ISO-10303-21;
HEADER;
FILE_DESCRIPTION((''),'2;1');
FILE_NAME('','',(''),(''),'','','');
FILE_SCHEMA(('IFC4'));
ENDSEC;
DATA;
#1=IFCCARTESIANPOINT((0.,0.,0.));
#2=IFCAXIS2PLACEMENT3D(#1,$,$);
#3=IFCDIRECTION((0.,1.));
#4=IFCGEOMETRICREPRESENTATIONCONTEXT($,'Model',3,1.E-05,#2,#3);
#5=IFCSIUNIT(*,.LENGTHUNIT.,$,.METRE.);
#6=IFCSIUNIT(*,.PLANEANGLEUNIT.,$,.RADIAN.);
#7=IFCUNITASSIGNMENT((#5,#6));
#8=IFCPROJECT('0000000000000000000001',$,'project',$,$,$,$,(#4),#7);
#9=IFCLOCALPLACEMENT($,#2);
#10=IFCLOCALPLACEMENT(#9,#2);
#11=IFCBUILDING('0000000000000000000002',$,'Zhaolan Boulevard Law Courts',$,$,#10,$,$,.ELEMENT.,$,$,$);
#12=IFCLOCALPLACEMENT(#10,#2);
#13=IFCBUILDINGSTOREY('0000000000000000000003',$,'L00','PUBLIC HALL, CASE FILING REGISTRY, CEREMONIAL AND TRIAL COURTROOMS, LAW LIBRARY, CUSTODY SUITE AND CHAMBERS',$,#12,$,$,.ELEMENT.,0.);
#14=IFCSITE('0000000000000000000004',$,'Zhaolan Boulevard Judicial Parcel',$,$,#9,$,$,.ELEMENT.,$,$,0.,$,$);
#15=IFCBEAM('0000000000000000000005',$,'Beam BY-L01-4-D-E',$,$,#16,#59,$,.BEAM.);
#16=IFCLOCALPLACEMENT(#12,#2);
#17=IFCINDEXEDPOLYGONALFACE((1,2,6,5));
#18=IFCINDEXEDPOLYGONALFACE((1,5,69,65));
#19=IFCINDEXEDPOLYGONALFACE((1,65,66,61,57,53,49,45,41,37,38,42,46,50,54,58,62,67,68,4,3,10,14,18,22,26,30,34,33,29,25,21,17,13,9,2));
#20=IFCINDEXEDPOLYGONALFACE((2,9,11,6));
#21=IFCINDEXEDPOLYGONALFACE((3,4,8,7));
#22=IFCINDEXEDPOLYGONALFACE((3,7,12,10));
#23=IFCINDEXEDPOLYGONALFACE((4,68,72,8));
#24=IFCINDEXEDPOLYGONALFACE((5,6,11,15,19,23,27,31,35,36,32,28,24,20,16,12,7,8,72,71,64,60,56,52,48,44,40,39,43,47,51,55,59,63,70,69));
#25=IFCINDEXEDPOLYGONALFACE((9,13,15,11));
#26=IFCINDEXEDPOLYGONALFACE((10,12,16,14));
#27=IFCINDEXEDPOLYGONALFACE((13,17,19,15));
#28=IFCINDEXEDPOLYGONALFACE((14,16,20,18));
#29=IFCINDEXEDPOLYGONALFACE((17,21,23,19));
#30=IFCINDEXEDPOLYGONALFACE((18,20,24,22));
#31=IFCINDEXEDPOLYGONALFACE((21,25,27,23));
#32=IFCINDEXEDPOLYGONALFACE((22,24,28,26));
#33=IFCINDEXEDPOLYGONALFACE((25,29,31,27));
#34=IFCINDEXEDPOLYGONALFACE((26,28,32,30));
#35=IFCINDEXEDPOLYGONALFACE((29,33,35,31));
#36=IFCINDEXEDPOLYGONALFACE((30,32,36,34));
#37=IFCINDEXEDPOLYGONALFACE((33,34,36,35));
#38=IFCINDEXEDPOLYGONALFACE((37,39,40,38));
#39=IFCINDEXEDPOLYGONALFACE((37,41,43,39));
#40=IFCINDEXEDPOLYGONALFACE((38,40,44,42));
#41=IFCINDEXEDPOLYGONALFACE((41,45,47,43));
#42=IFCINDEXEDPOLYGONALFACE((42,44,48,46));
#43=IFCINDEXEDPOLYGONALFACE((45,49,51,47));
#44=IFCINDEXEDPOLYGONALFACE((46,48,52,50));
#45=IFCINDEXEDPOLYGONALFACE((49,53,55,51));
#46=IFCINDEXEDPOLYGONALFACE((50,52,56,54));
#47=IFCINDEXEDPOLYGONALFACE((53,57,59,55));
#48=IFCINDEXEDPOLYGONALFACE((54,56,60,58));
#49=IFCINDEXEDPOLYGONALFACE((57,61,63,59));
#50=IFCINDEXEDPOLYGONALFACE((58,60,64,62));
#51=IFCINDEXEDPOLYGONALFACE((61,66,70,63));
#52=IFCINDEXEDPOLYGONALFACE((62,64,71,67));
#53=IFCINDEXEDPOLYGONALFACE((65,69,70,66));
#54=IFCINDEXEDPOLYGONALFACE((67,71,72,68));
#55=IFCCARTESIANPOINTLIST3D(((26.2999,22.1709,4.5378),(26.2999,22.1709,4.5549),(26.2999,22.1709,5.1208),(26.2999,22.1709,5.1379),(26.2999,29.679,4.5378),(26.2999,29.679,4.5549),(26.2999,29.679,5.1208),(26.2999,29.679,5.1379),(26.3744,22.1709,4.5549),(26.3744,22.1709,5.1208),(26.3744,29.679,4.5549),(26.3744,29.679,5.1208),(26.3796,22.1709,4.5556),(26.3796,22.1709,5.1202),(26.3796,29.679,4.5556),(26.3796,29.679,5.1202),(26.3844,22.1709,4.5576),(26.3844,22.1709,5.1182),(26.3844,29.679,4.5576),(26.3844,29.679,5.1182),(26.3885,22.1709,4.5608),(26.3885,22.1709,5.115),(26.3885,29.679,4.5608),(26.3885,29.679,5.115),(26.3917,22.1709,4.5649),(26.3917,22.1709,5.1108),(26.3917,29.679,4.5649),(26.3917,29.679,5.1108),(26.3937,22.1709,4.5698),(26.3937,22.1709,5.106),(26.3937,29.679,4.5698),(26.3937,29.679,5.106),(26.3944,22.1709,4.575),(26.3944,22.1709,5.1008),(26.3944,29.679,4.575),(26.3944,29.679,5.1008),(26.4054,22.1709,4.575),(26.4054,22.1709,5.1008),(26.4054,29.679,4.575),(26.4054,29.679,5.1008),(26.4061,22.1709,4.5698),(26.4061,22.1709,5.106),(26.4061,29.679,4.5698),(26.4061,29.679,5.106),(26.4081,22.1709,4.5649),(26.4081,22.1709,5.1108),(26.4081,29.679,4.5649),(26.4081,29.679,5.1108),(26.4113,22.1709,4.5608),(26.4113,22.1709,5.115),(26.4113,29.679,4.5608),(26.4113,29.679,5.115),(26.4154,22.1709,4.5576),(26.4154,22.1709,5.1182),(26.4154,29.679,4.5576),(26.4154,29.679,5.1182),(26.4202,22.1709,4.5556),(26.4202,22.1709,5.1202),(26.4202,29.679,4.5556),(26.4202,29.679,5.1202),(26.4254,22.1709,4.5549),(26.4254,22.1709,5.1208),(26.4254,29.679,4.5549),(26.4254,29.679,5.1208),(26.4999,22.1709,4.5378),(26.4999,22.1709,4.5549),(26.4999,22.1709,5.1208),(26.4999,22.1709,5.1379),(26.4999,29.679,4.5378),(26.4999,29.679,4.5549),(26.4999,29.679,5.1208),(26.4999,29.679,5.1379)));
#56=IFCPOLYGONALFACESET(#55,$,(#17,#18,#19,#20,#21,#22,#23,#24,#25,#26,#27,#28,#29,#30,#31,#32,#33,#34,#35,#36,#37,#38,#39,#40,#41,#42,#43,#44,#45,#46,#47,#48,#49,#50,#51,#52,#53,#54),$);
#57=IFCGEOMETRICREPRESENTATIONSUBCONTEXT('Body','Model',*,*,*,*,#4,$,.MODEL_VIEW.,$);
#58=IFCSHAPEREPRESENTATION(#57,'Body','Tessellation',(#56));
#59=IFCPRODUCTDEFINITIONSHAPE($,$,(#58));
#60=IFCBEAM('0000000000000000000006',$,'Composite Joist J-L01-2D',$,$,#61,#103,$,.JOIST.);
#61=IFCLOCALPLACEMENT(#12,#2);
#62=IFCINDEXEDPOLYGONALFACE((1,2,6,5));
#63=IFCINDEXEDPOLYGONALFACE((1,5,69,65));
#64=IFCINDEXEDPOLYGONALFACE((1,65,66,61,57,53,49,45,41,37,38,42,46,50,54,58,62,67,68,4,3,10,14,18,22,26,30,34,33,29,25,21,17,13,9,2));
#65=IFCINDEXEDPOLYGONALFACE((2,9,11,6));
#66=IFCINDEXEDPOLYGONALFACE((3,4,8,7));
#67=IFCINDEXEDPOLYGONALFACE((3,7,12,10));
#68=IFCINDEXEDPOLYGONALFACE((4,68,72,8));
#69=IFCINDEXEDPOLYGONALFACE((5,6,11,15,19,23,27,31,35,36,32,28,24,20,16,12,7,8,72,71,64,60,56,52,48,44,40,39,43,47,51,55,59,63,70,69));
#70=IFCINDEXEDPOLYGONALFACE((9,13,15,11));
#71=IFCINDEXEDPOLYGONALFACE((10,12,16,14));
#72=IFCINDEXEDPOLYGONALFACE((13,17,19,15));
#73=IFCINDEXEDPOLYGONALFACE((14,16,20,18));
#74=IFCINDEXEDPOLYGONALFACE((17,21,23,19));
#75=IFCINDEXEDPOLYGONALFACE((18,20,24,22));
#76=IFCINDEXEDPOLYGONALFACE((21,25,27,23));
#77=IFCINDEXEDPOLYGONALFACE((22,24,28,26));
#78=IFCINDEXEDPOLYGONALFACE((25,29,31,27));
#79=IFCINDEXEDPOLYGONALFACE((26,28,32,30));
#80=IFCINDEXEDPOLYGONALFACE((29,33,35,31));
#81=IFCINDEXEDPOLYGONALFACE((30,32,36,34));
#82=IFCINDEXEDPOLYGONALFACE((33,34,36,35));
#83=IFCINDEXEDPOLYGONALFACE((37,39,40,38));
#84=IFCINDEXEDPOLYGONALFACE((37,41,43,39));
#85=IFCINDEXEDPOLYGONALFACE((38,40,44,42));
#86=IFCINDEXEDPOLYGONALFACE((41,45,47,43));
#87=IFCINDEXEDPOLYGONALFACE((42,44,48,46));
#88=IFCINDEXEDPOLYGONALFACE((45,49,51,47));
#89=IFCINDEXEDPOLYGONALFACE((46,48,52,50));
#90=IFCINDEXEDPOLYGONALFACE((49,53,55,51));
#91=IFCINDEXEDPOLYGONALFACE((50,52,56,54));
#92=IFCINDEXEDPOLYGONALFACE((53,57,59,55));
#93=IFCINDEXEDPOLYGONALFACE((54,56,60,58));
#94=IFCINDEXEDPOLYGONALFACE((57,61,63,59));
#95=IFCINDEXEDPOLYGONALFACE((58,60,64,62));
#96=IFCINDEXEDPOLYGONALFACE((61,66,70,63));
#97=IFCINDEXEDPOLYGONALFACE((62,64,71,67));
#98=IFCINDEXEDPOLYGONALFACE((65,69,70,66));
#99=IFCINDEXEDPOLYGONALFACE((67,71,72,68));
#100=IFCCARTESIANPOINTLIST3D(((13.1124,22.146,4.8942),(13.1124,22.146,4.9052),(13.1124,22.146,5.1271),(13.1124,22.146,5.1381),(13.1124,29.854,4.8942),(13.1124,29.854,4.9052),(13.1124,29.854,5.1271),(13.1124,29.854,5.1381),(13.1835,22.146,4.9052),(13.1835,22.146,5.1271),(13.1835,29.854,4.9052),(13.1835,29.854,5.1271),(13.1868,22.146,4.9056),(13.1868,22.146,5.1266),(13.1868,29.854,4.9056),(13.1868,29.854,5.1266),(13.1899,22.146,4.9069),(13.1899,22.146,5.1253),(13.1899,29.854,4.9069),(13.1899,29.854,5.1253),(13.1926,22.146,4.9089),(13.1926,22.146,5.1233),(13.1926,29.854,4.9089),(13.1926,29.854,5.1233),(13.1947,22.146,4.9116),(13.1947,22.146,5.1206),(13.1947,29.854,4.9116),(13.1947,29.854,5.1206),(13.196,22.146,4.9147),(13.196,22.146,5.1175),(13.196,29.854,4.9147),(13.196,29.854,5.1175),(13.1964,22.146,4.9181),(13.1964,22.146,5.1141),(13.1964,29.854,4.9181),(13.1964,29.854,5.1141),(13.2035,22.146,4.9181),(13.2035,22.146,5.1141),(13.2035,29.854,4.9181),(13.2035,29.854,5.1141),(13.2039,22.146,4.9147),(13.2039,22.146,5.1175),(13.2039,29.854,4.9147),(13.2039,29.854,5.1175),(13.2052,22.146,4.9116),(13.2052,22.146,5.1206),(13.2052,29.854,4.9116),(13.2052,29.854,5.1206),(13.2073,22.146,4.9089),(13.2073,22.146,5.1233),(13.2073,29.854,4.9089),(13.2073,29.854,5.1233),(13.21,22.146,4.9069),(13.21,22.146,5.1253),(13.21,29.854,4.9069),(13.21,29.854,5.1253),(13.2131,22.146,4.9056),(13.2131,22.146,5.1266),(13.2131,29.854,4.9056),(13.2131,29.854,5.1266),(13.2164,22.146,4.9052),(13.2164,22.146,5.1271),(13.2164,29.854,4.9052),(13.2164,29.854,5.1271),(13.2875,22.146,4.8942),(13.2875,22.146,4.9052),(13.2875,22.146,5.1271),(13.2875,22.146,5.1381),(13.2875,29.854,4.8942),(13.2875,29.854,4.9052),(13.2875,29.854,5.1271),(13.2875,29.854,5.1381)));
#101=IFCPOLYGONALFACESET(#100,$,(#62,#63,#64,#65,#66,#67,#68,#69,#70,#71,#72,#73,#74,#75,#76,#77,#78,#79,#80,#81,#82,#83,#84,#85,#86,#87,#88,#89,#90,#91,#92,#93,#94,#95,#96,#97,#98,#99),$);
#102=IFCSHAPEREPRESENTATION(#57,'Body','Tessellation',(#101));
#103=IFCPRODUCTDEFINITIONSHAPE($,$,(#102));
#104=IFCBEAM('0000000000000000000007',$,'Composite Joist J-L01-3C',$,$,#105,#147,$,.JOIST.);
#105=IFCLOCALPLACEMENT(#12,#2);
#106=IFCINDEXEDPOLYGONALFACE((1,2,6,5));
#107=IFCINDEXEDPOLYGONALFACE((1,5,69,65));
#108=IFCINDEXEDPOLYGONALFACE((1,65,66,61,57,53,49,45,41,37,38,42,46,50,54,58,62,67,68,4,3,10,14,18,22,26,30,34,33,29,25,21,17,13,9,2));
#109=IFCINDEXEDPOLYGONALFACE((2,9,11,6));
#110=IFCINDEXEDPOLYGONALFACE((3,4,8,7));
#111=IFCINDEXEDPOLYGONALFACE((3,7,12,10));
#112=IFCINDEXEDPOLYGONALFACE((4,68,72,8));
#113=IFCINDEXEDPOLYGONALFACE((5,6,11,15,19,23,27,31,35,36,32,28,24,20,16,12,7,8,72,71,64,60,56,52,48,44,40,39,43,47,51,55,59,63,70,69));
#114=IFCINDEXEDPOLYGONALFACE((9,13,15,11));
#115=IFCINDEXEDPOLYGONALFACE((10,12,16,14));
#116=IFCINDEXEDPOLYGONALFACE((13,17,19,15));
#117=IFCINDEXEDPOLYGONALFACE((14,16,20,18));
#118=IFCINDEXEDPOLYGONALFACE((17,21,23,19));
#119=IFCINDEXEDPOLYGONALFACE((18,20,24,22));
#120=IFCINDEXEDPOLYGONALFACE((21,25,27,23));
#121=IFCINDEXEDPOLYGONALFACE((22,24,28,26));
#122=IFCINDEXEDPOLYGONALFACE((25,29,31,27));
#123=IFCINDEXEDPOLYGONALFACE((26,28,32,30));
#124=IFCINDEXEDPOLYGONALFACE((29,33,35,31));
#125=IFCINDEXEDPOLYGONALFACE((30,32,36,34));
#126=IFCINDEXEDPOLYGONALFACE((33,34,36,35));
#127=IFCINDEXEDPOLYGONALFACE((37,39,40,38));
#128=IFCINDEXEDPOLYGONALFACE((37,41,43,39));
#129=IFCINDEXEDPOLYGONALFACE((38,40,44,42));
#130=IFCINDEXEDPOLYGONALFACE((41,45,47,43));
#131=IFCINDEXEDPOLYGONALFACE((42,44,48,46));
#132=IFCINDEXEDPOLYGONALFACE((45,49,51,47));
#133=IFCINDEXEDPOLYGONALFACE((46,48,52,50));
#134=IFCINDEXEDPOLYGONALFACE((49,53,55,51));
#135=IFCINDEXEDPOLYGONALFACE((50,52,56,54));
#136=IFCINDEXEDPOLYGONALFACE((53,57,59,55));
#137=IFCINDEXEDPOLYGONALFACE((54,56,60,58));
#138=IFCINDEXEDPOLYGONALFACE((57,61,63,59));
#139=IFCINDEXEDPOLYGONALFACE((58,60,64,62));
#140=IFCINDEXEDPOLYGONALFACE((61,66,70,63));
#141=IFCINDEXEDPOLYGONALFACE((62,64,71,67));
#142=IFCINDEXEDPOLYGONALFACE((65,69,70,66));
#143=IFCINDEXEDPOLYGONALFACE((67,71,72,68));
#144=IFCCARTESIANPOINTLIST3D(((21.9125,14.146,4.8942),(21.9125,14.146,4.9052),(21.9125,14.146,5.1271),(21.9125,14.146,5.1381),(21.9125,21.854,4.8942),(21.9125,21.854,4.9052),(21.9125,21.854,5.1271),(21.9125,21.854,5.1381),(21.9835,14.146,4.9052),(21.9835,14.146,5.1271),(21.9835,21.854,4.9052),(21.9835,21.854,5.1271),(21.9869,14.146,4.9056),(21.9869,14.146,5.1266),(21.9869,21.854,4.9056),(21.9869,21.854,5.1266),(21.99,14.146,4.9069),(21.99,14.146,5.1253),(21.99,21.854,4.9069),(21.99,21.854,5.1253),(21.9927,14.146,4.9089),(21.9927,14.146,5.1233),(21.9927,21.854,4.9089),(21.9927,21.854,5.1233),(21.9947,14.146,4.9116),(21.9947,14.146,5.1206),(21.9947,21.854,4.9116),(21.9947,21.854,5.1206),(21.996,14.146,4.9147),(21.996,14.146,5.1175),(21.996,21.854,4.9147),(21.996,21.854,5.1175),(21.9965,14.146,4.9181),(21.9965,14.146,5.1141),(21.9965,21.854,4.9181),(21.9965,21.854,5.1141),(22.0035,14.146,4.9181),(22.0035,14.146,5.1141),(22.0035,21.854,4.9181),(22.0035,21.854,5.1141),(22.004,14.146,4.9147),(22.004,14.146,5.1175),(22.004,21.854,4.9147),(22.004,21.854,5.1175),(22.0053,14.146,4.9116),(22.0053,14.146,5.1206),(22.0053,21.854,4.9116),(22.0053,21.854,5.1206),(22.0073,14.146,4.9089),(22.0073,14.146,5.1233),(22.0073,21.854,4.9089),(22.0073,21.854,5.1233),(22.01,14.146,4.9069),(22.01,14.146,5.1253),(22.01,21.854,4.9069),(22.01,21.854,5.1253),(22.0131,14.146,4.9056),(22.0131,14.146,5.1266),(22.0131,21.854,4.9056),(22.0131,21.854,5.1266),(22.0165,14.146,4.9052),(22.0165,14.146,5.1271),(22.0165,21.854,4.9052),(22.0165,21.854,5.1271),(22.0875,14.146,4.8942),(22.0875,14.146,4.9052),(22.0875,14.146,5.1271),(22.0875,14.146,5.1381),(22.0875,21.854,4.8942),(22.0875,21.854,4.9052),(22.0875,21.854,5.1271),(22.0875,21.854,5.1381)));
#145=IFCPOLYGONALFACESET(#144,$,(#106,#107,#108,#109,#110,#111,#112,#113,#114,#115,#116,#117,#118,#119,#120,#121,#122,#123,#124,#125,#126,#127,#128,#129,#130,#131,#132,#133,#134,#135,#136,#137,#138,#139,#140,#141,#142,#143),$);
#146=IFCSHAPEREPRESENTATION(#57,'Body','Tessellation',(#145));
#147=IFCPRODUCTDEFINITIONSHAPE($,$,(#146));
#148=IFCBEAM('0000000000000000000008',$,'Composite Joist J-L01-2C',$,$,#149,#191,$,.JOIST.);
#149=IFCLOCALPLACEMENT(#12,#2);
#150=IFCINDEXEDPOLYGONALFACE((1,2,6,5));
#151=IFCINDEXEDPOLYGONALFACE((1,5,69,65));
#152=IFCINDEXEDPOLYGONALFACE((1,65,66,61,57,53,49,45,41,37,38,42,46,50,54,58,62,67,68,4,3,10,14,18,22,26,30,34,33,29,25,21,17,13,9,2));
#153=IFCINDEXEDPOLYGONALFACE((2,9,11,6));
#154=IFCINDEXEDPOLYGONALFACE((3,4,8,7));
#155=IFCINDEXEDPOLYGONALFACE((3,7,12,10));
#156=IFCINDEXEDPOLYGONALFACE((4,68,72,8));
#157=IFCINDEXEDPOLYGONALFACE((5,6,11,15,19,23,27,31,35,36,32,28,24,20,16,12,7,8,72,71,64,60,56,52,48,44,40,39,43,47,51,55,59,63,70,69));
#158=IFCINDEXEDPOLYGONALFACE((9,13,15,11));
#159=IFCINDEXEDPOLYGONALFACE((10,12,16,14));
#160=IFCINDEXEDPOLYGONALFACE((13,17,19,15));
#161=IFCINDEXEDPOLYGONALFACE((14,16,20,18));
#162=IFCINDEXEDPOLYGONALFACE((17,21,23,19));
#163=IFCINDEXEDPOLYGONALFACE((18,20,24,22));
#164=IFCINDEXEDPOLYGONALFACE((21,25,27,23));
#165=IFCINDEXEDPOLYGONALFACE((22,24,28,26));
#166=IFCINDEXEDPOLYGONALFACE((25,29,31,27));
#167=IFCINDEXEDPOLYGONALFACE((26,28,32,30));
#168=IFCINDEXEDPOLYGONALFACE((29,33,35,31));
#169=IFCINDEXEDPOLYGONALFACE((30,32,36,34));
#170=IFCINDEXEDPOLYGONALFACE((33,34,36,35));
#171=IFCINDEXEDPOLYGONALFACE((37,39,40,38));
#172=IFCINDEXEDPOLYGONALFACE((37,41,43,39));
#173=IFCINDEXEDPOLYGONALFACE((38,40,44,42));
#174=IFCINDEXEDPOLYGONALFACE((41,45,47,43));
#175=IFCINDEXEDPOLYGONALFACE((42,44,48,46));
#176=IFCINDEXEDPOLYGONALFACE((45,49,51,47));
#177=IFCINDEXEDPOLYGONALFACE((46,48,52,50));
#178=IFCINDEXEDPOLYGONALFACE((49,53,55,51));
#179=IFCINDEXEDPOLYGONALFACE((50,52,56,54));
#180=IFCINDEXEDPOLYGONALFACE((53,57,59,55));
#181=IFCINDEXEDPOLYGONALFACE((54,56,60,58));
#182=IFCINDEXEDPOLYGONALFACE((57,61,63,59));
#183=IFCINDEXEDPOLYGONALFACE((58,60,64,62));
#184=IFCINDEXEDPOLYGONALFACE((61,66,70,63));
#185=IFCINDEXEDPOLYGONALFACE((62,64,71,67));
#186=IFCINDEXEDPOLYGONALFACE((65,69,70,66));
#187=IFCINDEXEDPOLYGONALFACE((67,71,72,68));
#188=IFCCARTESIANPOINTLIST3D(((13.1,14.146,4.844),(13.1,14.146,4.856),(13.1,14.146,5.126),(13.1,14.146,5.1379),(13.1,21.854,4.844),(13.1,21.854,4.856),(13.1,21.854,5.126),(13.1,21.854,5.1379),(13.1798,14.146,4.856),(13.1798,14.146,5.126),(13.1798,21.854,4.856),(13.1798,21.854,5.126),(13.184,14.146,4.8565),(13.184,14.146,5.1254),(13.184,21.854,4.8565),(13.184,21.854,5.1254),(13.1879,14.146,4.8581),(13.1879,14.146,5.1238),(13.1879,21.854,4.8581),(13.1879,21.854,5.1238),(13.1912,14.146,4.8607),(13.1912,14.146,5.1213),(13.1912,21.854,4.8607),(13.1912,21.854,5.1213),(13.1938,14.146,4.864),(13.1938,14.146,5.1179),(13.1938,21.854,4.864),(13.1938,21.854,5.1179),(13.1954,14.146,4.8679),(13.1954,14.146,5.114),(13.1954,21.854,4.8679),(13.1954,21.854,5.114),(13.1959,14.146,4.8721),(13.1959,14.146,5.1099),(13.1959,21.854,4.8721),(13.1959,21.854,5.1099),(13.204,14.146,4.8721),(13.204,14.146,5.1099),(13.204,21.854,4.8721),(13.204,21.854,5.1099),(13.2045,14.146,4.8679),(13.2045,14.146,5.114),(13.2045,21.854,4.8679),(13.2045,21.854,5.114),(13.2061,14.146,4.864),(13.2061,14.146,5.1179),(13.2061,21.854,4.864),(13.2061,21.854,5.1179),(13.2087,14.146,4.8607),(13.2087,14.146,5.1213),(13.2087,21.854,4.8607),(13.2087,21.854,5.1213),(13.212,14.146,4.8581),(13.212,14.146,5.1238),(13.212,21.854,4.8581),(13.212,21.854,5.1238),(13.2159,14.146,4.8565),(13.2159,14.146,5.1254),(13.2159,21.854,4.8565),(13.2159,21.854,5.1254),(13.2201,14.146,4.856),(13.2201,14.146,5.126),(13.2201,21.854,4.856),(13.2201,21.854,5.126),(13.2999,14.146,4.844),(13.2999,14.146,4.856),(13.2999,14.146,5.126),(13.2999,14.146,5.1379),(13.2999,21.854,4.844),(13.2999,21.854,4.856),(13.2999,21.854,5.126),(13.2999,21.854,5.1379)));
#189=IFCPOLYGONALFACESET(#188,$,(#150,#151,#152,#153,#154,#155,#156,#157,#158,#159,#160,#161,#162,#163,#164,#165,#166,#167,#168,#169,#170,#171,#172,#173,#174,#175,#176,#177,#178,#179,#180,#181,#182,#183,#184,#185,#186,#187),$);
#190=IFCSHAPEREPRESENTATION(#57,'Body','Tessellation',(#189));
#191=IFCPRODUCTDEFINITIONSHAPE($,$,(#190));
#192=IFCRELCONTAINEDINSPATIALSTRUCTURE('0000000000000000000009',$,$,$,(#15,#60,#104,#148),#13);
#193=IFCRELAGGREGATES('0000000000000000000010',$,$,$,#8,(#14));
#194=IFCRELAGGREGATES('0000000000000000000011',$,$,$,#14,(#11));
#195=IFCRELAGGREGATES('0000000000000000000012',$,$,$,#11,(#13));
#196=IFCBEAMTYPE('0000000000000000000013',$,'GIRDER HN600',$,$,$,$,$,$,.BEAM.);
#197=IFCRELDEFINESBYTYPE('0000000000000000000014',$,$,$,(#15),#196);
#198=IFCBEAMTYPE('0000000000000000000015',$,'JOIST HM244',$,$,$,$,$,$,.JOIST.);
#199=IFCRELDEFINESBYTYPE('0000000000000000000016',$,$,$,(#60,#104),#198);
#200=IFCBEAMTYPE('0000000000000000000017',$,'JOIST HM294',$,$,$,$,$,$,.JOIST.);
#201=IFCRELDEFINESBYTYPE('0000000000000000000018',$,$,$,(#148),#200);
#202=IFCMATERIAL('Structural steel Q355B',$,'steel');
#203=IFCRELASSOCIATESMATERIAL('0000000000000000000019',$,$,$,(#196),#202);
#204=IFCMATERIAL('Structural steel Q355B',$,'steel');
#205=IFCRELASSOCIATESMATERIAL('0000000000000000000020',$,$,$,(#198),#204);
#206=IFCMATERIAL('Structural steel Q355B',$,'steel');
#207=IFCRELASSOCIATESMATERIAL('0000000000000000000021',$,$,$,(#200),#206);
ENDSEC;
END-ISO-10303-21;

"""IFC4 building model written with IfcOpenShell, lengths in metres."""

from ifc_helpers import new_model, si_unit, direction, frame, origin, origin_2d, place, context, subcontext, project, spatial, i_section, extrude, material, material_profile, profile_set, type_object, element, save


model = new_model("IFC4")

# Units and contexts
model_context = context("Model", 3, precision=1e-05, world=origin(), true_north=direction((0.0, 1.0)))
body_context = subcontext(model_context, "Body", "Model", "MODEL_VIEW")
ifc_project = project(units=[si_unit("LENGTHUNIT", "METRE"), si_unit("PLANEANGLEUNIT", "RADIAN")], contexts=[model_context])

# Site, building, storey
site_placement = place(None, origin())
site = spatial("IfcSite", under=ifc_project, at=site_placement, Name="Zhaolan Boulevard Judicial Parcel", CompositionType="ELEMENT", RefElevation=0.0)
building_placement = place(site_placement, origin())
building = spatial("IfcBuilding", under=site, at=building_placement, Name="Zhaolan Boulevard Law Courts", CompositionType="ELEMENT")
storey_placement = place(building_placement, origin())
storey = spatial("IfcBuildingStorey", under=building, at=storey_placement, Name="L00", Description="PUBLIC HALL, CASE FILING REGISTRY, CEREMONIAL AND TRIAL COURTROOMS, LAW LIBRARY, CUSTODY SUITE AND CHAMBERS", CompositionType="ELEMENT", Elevation=0.0)

# Beams
ifc_material_1 = material(Name="Structural steel Q355B", Category="steel")
ifc_material_profile_1 = material_profile(ifc_material_1, i_section(OverallWidth=0.2, OverallDepth=0.6001, WebThickness=0.011, FlangeThickness=0.0171, FilletRadius=0.02, at=origin_2d()), Name="HN600x200")
ifc_profile_set_1 = profile_set([ifc_material_profile_1], Name="Structural steel Q355B")
beam_type_1 = type_object("IfcBeamType", Name="GIRDER HN600", PredefinedType="BEAM", material=ifc_profile_set_1)
beam_1_placement = place(storey_placement, frame((26.3999, 22.1709, 4.8379), z_axis=(0.0, 1.0, 0.0), x_axis=(-1.0, 0.0, 0.0)))
element("IfcBeam", 1, at=beam_1_placement, inside=storey, type_object=beam_type_1, Name="Beam BY-L01-4-D-E", PredefinedType="BEAM", context=body_context, shape_type="SweptSolid", body=[
    extrude(i_section(OverallWidth=0.2, OverallDepth=0.6001, WebThickness=0.011, FlangeThickness=0.0171, FilletRadius=0.02, at=origin_2d()), origin(), (0.0, 0.0, 1.0), 7.5081),
])
ifc_material_2 = material(Name="Structural steel Q355B", Category="steel")
ifc_material_profile_2 = material_profile(ifc_material_2, i_section(OverallWidth=0.175, OverallDepth=0.2439, WebThickness=0.0071, FlangeThickness=0.011, FilletRadius=0.0129, at=origin_2d()), Name="HM244x175")
ifc_profile_set_2 = profile_set([ifc_material_profile_2], Name="Structural steel Q355B")
beam_type_2 = type_object("IfcBeamType", Name="JOIST HM244", PredefinedType="JOIST", material=ifc_profile_set_2)
for number, where, z_axis, x_axis, name in (
    (2, (13.2, 22.146, 5.0161), (0.0, 1.0, 0.0), (-1.0, 0.0, 0.0), "Composite Joist J-L01-2D"),
    (3, (22.0, 14.146, 5.0161), (0.0, 1.0, 0.0), (-1.0, 0.0, 0.0), "Composite Joist J-L01-3C"),
):
    element("IfcBeam", number, at=place(storey_placement, frame(where, z_axis=z_axis, x_axis=x_axis)), inside=storey, type_object=beam_type_2, Name=name, PredefinedType="JOIST", context=body_context, shape_type="SweptSolid", body=[
        extrude(i_section(OverallWidth=0.175, OverallDepth=0.2439, WebThickness=0.0071, FlangeThickness=0.011, FilletRadius=0.0129, at=origin_2d()), origin(), (0.0, 0.0, 1.0), 7.708),
    ])
ifc_material_3 = material(Name="Structural steel Q355B", Category="steel")
ifc_material_profile_3 = material_profile(ifc_material_3, i_section(OverallWidth=0.2, OverallDepth=0.2939, WebThickness=0.0081, FlangeThickness=0.012, FilletRadius=0.0161, at=origin_2d()), Name="HM294x200")
ifc_profile_set_3 = profile_set([ifc_material_profile_3], Name="Structural steel Q355B")
beam_type_3 = type_object("IfcBeamType", Name="JOIST HM294", PredefinedType="JOIST", material=ifc_profile_set_3)
beam_2_placement = place(storey_placement, frame((13.2, 14.146, 4.991), z_axis=(0.0, 1.0, 0.0), x_axis=(-1.0, 0.0, 0.0)))
element("IfcBeam", 4, at=beam_2_placement, inside=storey, type_object=beam_type_3, Name="Composite Joist J-L01-2C", PredefinedType="JOIST", context=body_context, shape_type="SweptSolid", body=[
    extrude(i_section(OverallWidth=0.2, OverallDepth=0.2939, WebThickness=0.0081, FlangeThickness=0.012, FilletRadius=0.0161, at=origin_2d()), origin(), (0.0, 0.0, 1.0), 7.708),
])

save(model, "model.ifc")
